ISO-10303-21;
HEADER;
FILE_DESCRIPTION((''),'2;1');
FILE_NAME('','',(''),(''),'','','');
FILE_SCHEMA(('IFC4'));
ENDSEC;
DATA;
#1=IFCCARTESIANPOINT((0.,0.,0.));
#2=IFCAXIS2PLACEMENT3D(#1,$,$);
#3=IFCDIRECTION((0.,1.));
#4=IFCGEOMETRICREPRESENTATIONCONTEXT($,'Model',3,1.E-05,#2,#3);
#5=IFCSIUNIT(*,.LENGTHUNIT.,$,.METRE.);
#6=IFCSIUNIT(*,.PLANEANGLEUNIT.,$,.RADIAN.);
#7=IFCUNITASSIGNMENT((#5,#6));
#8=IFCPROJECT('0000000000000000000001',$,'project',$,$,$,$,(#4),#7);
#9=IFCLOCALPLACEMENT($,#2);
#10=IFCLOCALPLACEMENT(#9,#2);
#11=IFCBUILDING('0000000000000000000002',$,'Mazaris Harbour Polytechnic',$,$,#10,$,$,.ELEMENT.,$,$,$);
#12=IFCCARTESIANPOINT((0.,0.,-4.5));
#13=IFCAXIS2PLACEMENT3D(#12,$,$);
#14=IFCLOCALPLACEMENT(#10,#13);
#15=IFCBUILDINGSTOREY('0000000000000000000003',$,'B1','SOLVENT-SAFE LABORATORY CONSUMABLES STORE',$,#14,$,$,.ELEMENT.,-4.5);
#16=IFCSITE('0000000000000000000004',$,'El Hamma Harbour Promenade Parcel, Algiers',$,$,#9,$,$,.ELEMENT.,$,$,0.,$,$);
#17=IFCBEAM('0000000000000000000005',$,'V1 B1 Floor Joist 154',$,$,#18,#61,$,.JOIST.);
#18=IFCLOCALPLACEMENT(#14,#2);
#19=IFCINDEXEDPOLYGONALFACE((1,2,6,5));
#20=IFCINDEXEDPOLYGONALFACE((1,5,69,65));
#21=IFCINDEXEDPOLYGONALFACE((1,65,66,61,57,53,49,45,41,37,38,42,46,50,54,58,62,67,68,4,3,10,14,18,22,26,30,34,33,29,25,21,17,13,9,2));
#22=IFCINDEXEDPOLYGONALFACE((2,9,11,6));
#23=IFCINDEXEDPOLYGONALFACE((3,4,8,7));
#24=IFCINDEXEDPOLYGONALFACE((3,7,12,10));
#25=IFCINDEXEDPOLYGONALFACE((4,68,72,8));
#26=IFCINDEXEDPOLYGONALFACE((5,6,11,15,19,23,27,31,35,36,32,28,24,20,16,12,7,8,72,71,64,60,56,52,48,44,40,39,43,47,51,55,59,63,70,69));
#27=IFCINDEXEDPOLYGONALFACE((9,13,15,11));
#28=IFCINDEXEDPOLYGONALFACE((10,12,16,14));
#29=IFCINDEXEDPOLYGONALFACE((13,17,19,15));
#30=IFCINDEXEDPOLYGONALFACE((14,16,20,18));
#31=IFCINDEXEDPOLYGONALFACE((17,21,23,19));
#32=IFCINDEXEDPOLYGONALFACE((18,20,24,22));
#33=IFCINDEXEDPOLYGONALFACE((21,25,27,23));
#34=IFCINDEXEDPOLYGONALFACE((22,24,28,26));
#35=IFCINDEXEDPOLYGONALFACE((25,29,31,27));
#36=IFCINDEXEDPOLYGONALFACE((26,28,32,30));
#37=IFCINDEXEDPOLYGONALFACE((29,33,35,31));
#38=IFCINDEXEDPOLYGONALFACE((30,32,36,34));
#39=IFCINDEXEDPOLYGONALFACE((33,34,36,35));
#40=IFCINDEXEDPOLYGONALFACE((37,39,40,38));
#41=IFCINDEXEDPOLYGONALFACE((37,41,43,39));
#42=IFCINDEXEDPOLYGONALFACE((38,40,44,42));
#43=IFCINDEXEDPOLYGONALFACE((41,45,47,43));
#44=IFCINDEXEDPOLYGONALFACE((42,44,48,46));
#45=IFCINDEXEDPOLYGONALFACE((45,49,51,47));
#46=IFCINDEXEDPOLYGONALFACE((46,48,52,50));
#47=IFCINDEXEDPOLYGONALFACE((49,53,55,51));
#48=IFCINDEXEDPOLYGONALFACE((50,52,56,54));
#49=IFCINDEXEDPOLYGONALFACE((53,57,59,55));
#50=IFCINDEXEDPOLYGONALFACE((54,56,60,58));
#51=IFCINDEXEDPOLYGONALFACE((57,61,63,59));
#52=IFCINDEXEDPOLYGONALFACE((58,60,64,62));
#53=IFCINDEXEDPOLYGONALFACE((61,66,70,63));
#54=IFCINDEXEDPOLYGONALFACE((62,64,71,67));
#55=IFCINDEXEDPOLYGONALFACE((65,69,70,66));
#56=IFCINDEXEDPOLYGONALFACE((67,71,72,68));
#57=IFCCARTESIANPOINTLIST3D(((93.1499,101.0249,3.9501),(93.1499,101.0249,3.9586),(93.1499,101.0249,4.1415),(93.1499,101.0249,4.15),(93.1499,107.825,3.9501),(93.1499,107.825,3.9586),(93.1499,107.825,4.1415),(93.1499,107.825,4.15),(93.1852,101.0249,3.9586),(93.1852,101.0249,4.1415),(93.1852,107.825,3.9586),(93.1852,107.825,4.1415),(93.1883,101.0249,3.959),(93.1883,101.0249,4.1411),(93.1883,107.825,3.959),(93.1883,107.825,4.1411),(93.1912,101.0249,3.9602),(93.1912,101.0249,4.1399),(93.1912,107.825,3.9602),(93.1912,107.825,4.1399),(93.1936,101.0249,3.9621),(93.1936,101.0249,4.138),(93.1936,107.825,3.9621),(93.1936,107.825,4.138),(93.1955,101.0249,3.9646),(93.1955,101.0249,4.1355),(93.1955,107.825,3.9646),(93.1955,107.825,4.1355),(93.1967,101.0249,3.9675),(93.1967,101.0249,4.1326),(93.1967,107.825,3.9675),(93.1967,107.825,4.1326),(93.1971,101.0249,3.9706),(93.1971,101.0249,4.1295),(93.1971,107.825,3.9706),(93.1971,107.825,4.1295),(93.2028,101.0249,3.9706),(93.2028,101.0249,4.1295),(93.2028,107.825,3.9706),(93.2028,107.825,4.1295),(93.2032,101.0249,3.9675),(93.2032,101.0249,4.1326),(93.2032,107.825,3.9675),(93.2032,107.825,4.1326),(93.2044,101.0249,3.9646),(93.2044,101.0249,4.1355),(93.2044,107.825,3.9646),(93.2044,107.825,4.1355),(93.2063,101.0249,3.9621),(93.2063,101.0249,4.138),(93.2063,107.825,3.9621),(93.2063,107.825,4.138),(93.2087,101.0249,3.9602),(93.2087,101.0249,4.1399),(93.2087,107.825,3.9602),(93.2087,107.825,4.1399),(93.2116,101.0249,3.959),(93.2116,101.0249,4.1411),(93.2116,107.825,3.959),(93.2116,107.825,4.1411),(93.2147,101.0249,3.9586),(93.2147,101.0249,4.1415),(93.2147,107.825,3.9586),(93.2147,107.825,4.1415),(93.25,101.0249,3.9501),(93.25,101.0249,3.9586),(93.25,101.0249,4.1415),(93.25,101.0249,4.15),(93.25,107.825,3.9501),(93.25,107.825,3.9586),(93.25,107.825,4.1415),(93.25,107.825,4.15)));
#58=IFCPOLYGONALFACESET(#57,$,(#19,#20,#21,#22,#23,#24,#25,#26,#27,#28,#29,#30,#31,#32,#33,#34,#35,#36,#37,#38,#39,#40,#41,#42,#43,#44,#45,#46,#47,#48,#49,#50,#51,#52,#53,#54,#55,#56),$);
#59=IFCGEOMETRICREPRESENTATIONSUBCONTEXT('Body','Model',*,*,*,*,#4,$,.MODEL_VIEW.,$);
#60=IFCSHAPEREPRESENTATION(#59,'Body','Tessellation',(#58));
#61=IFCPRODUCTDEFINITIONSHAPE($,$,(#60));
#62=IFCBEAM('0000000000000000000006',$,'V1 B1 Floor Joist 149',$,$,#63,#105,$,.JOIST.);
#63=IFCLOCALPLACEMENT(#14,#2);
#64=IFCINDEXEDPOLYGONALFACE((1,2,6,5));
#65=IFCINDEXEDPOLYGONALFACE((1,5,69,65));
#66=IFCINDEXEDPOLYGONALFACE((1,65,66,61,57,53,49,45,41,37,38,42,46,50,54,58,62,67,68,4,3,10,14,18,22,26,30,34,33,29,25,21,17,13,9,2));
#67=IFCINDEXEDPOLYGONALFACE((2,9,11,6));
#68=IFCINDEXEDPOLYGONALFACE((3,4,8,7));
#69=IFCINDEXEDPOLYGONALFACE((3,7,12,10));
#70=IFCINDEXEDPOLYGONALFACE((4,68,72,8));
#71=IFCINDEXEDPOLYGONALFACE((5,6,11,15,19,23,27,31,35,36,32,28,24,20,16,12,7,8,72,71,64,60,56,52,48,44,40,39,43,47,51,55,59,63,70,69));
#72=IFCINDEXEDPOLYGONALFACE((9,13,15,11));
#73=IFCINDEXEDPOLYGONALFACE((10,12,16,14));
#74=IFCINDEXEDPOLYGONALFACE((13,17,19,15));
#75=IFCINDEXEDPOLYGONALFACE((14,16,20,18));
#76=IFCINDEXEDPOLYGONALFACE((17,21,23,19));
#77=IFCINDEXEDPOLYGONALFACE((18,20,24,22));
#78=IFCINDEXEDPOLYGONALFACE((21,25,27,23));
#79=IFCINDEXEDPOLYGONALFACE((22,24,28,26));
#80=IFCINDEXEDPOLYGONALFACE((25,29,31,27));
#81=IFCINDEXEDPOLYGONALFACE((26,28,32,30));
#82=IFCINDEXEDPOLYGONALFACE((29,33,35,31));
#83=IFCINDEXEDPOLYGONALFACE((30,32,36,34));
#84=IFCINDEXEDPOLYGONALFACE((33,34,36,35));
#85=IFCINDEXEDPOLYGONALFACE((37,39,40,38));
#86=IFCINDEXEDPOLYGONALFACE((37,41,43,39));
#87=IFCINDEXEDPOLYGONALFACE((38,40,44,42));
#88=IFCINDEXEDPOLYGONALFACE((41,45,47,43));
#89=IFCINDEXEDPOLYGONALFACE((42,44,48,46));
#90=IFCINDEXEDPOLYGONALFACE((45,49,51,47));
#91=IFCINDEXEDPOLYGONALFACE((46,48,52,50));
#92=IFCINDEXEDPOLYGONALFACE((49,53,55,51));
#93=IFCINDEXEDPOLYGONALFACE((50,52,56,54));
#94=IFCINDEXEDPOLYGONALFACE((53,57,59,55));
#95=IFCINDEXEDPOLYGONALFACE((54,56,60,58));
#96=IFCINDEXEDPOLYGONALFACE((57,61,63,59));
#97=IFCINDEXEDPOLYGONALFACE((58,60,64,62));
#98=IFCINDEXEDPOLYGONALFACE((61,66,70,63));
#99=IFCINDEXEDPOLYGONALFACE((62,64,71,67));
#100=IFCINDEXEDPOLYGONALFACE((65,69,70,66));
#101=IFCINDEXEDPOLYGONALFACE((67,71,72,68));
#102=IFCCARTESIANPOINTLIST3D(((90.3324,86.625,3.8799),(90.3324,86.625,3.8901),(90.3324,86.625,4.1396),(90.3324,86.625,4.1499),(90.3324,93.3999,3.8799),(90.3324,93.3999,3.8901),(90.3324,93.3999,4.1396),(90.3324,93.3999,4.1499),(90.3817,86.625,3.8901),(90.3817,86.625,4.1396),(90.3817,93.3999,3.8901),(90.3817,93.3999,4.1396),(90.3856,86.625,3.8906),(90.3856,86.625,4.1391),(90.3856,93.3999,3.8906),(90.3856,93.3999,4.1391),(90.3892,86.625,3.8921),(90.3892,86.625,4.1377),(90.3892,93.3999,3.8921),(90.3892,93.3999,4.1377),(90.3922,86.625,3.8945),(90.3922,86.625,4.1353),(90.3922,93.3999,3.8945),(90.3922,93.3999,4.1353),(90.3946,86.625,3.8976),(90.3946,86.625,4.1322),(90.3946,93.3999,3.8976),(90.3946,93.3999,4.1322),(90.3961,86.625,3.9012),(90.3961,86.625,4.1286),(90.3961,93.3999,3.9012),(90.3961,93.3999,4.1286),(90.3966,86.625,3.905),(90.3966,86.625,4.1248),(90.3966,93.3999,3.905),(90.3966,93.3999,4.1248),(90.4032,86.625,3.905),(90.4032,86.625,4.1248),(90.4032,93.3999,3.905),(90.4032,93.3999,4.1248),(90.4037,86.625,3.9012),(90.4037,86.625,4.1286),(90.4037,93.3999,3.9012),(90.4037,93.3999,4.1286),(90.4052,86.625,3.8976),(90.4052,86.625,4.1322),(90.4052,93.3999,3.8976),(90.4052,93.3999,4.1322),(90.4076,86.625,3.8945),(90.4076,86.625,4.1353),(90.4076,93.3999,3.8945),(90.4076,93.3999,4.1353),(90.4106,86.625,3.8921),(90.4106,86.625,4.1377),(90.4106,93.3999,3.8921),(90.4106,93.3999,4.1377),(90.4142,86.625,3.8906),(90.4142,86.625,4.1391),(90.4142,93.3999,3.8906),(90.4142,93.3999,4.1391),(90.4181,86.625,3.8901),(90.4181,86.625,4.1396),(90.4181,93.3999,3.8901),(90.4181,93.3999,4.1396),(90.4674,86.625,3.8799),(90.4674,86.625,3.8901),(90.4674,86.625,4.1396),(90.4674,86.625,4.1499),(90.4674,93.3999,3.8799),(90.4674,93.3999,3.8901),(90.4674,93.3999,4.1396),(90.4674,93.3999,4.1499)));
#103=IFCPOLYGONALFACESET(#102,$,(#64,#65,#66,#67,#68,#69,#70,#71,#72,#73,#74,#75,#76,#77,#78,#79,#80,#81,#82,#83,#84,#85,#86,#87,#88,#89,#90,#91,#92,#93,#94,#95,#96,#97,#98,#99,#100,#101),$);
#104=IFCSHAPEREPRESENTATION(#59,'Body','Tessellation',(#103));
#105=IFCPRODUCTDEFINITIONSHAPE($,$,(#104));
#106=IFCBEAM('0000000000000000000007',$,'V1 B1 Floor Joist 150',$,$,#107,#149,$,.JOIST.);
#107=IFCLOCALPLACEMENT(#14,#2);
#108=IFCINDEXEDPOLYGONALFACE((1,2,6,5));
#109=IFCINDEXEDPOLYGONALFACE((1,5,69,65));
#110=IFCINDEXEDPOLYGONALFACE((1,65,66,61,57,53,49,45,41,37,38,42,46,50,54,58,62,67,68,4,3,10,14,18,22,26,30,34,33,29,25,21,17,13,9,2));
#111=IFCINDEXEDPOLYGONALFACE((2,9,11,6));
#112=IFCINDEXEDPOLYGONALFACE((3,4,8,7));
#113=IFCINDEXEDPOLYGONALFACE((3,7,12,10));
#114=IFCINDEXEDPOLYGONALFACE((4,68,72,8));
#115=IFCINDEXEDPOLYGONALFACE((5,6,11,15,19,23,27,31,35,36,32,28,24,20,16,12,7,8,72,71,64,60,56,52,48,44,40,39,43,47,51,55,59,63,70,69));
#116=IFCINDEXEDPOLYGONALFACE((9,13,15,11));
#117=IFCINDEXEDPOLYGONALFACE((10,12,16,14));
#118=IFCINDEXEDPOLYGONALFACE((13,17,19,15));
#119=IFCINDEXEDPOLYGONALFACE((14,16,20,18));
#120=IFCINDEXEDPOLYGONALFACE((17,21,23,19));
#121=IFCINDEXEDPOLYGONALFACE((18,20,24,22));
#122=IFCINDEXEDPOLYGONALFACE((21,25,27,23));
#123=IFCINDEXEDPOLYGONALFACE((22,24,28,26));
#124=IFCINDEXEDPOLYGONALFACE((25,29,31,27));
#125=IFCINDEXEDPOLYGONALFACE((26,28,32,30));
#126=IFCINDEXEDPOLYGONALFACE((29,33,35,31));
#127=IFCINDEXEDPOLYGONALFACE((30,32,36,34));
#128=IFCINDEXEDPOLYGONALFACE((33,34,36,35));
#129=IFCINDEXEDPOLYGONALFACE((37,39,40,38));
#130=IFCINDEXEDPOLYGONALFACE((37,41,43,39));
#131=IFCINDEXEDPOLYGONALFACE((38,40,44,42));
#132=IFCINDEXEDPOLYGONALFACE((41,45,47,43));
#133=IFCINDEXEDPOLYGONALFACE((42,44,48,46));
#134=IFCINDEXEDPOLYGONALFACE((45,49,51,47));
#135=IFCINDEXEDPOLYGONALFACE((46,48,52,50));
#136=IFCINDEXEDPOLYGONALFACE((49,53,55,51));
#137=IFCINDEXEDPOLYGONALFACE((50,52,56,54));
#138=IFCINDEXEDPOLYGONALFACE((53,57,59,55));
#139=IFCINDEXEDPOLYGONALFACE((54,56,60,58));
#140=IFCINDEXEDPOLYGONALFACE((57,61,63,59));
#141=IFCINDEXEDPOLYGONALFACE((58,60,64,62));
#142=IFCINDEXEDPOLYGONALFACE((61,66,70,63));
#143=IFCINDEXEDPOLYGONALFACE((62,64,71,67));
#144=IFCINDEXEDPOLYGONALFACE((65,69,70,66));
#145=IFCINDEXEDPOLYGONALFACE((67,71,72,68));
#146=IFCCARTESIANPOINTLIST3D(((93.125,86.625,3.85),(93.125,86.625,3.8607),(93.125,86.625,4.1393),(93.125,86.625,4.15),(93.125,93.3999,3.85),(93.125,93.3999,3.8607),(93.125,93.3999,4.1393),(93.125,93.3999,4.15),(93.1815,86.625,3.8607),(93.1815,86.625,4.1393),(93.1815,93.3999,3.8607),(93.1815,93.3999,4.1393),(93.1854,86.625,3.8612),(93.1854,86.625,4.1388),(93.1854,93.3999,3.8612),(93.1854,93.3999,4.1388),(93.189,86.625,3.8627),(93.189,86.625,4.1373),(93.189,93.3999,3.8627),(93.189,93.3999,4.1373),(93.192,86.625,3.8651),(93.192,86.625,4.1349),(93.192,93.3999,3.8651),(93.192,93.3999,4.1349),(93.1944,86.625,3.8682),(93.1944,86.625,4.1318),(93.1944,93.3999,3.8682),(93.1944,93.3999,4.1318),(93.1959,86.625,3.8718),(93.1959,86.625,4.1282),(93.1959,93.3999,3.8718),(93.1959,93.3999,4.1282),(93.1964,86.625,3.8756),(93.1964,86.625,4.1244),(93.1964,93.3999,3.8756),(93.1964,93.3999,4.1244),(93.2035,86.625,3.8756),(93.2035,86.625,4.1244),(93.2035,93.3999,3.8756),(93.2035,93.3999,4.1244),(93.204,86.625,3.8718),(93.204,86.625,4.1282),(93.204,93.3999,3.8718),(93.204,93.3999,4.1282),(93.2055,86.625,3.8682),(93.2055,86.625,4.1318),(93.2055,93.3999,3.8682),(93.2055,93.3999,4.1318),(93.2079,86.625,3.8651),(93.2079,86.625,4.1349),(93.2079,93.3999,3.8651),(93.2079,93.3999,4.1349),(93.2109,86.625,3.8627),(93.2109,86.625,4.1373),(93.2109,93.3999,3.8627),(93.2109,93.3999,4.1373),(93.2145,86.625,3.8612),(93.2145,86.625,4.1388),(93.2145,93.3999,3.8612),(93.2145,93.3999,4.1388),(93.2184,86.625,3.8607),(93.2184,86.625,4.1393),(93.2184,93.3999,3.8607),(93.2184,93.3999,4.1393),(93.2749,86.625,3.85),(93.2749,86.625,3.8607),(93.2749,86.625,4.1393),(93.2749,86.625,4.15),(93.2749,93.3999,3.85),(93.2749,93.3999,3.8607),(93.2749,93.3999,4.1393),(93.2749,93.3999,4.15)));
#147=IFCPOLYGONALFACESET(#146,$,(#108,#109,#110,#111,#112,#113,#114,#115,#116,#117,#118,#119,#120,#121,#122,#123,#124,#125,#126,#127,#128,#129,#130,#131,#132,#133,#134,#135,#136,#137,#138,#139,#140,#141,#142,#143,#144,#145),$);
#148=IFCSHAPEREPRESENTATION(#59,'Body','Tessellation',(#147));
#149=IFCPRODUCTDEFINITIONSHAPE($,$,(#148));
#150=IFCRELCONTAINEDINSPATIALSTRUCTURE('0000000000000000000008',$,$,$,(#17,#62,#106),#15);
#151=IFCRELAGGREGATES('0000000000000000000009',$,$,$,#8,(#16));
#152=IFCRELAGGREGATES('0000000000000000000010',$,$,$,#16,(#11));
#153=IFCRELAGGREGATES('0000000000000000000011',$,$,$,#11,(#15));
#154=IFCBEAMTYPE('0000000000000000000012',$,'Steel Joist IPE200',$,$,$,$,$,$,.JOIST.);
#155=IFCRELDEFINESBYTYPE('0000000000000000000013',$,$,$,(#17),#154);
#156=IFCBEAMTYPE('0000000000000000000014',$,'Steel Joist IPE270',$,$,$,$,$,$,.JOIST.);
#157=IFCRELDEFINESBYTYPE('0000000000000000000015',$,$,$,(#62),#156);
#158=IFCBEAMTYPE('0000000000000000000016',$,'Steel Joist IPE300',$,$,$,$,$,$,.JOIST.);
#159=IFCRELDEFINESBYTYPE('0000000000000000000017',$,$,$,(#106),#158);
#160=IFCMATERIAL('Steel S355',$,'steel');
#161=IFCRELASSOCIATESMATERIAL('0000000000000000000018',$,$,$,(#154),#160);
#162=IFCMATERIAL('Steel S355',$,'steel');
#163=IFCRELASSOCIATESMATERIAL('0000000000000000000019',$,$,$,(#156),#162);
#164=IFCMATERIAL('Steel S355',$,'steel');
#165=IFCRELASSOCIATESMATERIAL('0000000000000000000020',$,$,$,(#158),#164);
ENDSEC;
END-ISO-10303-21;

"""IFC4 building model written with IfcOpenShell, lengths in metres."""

from ifc_helpers import new_model, si_unit, direction, frame, origin, origin_2d, place, context, subcontext, project, spatial, i_section, extrude, material, material_profile, profile_set, type_object, element, save


model = new_model("IFC4")

# Units and contexts
model_context = context("Model", 3, precision=1e-05, world=origin(), true_north=direction((0.0, 1.0)))
body_context = subcontext(model_context, "Body", "Model", "MODEL_VIEW")
ifc_project = project(units=[si_unit("LENGTHUNIT", "METRE"), si_unit("PLANEANGLEUNIT", "RADIAN")], contexts=[model_context])

# Site, building, storey
site_placement = place(None, origin())
site = spatial("IfcSite", under=ifc_project, at=site_placement, Name="El Hamma Harbour Promenade Parcel, Algiers", CompositionType="ELEMENT", RefElevation=0.0)
building_placement = place(site_placement, origin())
building = spatial("IfcBuilding", under=site, at=building_placement, Name="Mazaris Harbour Polytechnic", CompositionType="ELEMENT")
storey_placement = place(building_placement, frame((0.0, 0.0, -4.5)))
storey = spatial("IfcBuildingStorey", under=building, at=storey_placement, Name="B1", Description="SOLVENT-SAFE LABORATORY CONSUMABLES STORE", CompositionType="ELEMENT", Elevation=-4.5)

# Beams
ifc_material_1 = material(Name="Steel S355", Category="steel")
ifc_material_profile_1 = material_profile(ifc_material_1, i_section(OverallWidth=0.1001, OverallDepth=0.2, WebThickness=0.0056, FlangeThickness=0.0085, FilletRadius=0.012, at=origin_2d()), Name="IPE 200")
ifc_profile_set_1 = profile_set([ifc_material_profile_1], Name="Steel S355")
beam_type_1 = type_object("IfcBeamType", Name="Steel Joist IPE200", PredefinedType="JOIST", material=ifc_profile_set_1)
beam_1_placement = place(storey_placement, frame((93.2, 101.0249, 4.05), z_axis=(0.0, 1.0, 0.0), x_axis=(-1.0, 0.0, 0.0)))
element("IfcBeam", 1, at=beam_1_placement, inside=storey, type_object=beam_type_1, Name="V1 B1 Floor Joist 154", PredefinedType="JOIST", context=body_context, shape_type="SweptSolid", body=[
    extrude(i_section(OverallWidth=0.1001, OverallDepth=0.2, WebThickness=0.0056, FlangeThickness=0.0085, FilletRadius=0.012, at=origin_2d()), origin(), (0.0, 0.0, 1.0), 6.8),
])
ifc_material_2 = material(Name="Steel S355", Category="steel")
ifc_material_profile_2 = material_profile(ifc_material_2, i_section(OverallWidth=0.135, OverallDepth=0.27, WebThickness=0.0066, FlangeThickness=0.0103, FilletRadius=0.0149, at=origin_2d()), Name="IPE 270")
ifc_profile_set_2 = profile_set([ifc_material_profile_2], Name="Steel S355")
beam_type_2 = type_object("IfcBeamType", Name="Steel Joist IPE270", PredefinedType="JOIST", material=ifc_profile_set_2)
beam_2_placement = place(storey_placement, frame((90.3999, 86.625, 4.0149), z_axis=(0.0, 1.0, 0.0), x_axis=(-1.0, 0.0, 0.0)))
element("IfcBeam", 2, at=beam_2_placement, inside=storey, type_object=beam_type_2, Name="V1 B1 Floor Joist 149", PredefinedType="JOIST", context=body_context, shape_type="SweptSolid", body=[
    extrude(i_section(OverallWidth=0.135, OverallDepth=0.27, WebThickness=0.0066, FlangeThickness=0.0103, FilletRadius=0.0149, at=origin_2d()), origin(), (0.0, 0.0, 1.0), 6.7749),
])
ifc_material_3 = material(Name="Steel S355", Category="steel")
ifc_material_profile_3 = material_profile(ifc_material_3, i_section(OverallWidth=0.1499, OverallDepth=0.3, WebThickness=0.0071, FlangeThickness=0.0107, FilletRadius=0.0149, at=origin_2d()), Name="IPE 300")
ifc_profile_set_3 = profile_set([ifc_material_profile_3], Name="Steel S355")
beam_type_3 = type_object("IfcBeamType", Name="Steel Joist IPE300", PredefinedType="JOIST", material=ifc_profile_set_3)
beam_3_placement = place(storey_placement, frame((93.2, 86.625, 4.0), z_axis=(0.0, 1.0, 0.0), x_axis=(-1.0, 0.0, 0.0)))
element("IfcBeam", 3, at=beam_3_placement, inside=storey, type_object=beam_type_3, Name="V1 B1 Floor Joist 150", PredefinedType="JOIST", context=body_context, shape_type="SweptSolid", body=[
    extrude(i_section(OverallWidth=0.1499, OverallDepth=0.3, WebThickness=0.0071, FlangeThickness=0.0107, FilletRadius=0.0149, at=origin_2d()), origin(), (0.0, 0.0, 1.0), 6.7749),
])

save(model, "model.ifc")
